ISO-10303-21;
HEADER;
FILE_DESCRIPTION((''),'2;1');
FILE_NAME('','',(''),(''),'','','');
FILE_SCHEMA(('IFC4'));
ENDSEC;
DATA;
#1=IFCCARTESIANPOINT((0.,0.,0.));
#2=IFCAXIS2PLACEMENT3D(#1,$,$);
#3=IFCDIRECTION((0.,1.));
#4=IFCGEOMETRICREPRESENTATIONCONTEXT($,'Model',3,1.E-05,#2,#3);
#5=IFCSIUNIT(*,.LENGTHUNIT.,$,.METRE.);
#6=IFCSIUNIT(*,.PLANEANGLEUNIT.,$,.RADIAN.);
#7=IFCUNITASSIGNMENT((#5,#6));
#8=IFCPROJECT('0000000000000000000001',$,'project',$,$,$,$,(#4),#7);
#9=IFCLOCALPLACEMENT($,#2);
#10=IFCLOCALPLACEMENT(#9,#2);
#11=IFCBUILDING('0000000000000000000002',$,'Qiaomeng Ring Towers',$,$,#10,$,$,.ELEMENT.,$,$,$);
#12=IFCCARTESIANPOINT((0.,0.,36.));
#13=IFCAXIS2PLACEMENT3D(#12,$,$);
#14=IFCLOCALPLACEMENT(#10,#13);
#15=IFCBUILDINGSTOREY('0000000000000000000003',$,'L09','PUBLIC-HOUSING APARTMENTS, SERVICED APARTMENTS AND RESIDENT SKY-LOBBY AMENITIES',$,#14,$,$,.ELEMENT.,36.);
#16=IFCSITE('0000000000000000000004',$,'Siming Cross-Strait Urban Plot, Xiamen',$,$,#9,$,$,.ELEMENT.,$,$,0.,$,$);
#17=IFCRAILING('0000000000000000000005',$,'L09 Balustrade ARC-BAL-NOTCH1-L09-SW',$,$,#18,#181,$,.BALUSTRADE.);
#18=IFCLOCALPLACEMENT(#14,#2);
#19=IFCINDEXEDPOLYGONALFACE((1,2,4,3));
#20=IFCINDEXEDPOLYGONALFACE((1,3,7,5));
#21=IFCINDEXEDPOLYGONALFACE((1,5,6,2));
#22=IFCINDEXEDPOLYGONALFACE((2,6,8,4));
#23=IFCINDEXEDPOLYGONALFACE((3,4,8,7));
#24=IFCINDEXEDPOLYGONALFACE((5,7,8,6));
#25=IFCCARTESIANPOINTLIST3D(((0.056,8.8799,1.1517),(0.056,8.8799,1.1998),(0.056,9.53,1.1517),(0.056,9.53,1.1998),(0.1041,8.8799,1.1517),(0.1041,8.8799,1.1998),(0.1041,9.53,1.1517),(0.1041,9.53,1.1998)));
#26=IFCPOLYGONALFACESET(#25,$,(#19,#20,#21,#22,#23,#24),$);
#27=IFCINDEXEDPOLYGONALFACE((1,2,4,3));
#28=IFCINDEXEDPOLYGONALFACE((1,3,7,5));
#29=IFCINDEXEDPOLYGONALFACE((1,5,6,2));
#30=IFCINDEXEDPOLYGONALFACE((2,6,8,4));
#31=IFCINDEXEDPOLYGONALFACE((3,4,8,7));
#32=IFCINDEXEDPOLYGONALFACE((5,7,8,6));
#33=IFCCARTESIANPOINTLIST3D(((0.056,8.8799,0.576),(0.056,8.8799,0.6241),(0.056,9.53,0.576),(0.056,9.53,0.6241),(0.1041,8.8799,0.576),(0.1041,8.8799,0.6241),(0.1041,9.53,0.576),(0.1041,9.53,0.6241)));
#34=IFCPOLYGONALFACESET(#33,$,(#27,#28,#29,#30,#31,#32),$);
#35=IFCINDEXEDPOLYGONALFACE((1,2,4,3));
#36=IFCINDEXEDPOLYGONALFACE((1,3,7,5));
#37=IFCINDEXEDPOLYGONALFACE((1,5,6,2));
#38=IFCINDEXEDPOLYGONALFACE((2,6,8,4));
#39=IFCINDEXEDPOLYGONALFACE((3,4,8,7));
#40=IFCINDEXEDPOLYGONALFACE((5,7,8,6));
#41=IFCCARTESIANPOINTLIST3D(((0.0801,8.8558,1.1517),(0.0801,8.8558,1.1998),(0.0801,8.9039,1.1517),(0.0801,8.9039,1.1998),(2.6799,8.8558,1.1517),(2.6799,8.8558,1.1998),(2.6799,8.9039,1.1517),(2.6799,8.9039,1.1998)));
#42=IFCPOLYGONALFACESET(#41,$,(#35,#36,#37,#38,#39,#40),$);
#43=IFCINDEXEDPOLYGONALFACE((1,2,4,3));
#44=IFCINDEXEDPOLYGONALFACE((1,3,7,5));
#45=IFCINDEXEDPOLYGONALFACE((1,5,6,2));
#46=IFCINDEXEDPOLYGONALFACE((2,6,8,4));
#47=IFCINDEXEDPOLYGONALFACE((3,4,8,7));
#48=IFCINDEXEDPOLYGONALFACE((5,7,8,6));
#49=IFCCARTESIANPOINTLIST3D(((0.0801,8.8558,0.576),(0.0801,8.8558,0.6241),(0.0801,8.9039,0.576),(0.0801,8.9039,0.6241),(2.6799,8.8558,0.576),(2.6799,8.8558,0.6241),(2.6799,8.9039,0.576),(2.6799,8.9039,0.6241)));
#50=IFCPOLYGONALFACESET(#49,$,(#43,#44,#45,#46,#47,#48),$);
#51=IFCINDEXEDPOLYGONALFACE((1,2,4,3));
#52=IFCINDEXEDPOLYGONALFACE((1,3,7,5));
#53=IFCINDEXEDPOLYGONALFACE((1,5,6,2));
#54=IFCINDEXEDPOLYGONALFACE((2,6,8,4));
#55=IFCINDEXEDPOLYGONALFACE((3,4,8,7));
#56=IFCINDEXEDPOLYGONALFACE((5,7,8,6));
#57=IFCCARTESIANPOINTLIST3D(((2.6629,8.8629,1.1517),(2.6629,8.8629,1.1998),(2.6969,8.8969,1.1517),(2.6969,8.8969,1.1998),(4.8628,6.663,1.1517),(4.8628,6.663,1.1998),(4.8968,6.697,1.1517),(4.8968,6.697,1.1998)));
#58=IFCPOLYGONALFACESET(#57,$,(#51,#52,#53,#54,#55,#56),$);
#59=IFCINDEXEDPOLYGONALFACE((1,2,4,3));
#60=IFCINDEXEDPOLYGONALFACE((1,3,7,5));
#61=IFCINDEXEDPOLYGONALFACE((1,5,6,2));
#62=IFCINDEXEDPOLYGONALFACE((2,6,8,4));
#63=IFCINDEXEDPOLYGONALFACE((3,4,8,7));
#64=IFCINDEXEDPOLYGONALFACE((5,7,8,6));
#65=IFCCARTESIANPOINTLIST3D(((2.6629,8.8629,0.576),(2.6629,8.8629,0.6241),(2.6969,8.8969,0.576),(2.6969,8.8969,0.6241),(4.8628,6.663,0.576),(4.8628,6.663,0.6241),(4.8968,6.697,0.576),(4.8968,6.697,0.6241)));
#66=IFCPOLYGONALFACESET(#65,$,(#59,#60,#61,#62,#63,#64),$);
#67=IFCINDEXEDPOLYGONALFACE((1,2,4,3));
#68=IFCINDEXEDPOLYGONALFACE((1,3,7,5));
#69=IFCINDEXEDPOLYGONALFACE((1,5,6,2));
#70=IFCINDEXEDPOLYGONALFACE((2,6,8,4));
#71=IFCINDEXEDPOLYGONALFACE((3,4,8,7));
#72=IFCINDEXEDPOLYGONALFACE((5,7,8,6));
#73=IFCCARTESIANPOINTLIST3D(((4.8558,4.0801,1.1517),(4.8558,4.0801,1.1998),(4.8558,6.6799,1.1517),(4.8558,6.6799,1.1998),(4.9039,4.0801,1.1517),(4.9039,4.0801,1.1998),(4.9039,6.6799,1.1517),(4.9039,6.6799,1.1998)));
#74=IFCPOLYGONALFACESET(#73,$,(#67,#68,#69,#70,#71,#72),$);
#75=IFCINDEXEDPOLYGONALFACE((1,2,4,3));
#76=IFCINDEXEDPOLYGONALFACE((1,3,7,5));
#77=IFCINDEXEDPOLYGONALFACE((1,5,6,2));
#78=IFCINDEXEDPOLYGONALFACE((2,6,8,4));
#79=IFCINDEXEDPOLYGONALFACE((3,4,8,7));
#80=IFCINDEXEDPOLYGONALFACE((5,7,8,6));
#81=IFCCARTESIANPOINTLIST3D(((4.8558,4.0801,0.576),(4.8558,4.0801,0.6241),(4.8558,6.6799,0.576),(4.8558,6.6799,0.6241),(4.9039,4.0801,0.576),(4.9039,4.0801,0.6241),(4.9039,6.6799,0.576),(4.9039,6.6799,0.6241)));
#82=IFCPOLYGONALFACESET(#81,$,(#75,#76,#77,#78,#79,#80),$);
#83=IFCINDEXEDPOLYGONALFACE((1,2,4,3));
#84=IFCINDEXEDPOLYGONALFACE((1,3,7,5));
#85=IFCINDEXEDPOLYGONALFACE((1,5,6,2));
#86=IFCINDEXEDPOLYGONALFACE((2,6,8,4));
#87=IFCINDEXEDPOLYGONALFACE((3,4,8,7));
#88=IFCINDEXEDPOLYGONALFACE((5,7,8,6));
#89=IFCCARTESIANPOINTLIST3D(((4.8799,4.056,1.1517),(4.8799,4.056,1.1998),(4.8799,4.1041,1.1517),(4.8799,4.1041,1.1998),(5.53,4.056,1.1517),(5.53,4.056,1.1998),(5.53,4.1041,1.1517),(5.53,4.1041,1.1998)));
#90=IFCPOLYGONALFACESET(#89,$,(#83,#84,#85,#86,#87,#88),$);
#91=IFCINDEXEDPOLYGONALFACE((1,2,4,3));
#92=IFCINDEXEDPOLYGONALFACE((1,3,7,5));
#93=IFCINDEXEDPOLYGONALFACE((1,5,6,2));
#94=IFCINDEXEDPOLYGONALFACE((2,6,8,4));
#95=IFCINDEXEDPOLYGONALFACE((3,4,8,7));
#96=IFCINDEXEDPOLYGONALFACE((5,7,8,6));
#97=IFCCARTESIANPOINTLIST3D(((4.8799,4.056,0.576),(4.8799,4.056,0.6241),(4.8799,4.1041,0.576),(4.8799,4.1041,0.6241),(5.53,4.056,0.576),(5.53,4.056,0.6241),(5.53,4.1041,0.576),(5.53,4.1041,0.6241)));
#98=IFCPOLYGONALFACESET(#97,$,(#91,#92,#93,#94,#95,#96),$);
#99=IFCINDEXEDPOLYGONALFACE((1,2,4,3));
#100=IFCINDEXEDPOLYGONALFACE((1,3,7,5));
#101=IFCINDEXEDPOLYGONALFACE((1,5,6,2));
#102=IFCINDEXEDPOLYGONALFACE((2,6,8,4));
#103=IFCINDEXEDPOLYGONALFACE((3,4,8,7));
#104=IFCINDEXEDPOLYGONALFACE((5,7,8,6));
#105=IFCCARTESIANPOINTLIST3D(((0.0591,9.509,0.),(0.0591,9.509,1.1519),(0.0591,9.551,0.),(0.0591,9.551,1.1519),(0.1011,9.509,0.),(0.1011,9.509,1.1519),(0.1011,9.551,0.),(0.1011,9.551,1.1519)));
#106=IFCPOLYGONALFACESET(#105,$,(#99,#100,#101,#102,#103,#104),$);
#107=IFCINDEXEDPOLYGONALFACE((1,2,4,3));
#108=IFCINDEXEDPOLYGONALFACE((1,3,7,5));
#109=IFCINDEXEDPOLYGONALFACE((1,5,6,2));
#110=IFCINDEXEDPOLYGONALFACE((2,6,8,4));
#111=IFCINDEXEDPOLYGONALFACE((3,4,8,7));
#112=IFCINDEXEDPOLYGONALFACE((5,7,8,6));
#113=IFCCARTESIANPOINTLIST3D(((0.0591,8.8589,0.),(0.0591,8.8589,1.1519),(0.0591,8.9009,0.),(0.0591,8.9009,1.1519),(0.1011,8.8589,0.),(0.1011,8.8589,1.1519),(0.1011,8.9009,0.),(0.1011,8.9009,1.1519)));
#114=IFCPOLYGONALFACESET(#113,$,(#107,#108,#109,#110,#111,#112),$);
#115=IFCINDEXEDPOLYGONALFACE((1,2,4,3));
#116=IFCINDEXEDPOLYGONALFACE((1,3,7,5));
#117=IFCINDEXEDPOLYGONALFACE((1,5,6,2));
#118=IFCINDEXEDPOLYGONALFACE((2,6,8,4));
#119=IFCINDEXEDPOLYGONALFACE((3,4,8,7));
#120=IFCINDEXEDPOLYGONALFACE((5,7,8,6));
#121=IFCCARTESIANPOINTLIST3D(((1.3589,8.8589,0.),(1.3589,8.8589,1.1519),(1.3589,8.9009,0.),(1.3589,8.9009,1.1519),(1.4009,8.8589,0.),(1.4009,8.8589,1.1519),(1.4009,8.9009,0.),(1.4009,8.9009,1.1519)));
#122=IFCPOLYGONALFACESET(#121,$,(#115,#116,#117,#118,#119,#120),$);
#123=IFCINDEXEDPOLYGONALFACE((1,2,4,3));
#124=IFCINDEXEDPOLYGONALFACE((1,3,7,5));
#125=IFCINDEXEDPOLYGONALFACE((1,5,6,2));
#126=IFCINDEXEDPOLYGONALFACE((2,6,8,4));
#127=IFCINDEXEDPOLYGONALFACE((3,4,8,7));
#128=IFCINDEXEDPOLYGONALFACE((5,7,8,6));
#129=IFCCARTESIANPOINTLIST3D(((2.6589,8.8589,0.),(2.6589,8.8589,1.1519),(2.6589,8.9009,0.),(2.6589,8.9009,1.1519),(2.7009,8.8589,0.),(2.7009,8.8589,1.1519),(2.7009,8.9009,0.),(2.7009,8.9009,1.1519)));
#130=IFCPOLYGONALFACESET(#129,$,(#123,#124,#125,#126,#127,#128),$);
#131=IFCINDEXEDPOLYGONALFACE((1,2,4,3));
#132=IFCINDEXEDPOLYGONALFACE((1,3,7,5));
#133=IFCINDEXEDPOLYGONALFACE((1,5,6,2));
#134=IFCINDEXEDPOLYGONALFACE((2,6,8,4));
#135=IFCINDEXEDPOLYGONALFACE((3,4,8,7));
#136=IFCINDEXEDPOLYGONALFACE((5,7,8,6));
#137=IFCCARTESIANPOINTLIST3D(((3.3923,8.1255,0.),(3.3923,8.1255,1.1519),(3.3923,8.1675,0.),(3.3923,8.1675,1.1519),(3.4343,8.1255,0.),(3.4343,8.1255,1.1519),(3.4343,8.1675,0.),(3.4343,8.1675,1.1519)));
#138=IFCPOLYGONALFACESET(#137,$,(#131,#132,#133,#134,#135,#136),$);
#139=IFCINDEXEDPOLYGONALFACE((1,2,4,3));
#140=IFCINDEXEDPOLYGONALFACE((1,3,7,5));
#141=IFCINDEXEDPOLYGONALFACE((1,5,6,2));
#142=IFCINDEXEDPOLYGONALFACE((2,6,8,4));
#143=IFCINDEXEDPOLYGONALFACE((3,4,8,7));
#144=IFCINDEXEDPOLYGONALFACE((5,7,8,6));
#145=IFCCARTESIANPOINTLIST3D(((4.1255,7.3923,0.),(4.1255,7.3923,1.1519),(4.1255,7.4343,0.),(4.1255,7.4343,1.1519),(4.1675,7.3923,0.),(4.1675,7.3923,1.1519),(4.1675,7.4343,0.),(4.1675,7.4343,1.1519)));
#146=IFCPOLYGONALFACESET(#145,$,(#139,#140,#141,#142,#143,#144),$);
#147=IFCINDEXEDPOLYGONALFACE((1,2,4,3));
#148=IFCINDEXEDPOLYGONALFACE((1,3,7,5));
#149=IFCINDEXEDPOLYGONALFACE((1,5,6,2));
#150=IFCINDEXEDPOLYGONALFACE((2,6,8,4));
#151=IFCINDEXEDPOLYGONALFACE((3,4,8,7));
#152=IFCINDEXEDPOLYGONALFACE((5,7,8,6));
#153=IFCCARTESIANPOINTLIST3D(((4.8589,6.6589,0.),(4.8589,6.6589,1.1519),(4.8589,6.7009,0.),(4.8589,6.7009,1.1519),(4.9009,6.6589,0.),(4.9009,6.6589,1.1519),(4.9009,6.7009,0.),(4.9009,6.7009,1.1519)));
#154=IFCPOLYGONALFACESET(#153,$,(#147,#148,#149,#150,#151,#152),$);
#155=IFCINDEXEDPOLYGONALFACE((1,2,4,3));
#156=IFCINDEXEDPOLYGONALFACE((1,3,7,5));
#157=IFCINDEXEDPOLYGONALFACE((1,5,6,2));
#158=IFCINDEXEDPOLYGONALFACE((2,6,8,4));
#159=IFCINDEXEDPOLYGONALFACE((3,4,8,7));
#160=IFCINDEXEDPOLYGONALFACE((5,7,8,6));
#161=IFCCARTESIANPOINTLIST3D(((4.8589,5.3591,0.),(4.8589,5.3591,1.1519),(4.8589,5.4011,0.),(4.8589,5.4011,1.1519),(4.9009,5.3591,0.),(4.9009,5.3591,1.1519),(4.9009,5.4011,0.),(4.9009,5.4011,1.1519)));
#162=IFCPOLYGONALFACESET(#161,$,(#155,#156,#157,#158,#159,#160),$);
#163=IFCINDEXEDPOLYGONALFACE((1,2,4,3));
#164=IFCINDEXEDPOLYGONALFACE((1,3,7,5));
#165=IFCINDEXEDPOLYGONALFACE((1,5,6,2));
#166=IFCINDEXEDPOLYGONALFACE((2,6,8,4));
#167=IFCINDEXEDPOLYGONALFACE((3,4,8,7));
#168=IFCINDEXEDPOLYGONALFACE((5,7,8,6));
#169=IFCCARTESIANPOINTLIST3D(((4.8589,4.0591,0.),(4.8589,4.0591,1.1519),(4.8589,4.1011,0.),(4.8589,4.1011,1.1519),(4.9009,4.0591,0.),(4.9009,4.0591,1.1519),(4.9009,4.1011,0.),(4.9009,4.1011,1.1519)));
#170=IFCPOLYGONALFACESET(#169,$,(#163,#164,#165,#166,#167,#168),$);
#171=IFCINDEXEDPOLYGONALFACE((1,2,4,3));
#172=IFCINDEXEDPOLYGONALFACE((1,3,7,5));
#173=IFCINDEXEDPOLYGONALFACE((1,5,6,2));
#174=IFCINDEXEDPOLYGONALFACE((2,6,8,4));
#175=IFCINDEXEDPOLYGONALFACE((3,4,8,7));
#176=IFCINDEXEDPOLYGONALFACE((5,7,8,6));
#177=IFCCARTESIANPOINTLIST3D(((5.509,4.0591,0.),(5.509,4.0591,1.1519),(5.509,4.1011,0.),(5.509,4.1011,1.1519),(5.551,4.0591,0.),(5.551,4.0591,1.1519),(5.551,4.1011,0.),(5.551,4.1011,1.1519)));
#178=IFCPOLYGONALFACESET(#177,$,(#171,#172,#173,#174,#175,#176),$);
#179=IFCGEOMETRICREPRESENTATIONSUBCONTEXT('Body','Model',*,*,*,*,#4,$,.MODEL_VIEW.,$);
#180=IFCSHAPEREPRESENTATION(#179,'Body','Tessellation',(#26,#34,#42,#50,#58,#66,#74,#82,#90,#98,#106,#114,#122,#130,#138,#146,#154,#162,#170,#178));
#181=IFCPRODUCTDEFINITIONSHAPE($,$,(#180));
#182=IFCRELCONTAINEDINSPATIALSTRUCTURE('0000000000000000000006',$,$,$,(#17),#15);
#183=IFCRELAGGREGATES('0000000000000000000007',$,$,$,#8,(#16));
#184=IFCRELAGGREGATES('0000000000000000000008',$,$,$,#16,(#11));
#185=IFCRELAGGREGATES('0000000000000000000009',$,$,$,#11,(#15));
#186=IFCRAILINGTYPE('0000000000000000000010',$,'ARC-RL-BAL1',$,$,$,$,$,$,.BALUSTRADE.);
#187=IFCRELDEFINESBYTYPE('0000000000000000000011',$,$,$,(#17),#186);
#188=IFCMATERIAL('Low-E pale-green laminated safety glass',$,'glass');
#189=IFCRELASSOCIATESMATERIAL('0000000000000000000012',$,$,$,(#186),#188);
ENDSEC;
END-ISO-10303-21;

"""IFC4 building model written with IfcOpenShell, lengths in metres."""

from ifc_helpers import new_model, si_unit, direction, frame, origin, origin_2d, place, context, subcontext, project, spatial, rectangle, extrude, material, type_object, element, save


model = new_model("IFC4")

# Units and contexts
model_context = context("Model", 3, precision=1e-05, world=origin(), true_north=direction((0.0, 1.0)))
body_context = subcontext(model_context, "Body", "Model", "MODEL_VIEW")
ifc_project = project(units=[si_unit("LENGTHUNIT", "METRE"), si_unit("PLANEANGLEUNIT", "RADIAN")], contexts=[model_context])

# Site, building, storey
site_placement = place(None, origin())
site = spatial("IfcSite", under=ifc_project, at=site_placement, Name="Siming Cross-Strait Urban Plot, Xiamen", CompositionType="ELEMENT", RefElevation=0.0)
building_placement = place(site_placement, origin())
building = spatial("IfcBuilding", under=site, at=building_placement, Name="Qiaomeng Ring Towers", CompositionType="ELEMENT")
storey_placement = place(building_placement, frame((0.0, 0.0, 36.0)))
storey = spatial("IfcBuildingStorey", under=building, at=storey_placement, Name="L09", Description="PUBLIC-HOUSING APARTMENTS, SERVICED APARTMENTS AND RESIDENT SKY-LOBBY AMENITIES", CompositionType="ELEMENT", Elevation=36.0)

# Railing
ifc_material_1 = material(Name="Low-E pale-green laminated safety glass", Category="glass")
railing_type = type_object("IfcRailingType", Name="ARC-RL-BAL1", PredefinedType="BALUSTRADE", material=ifc_material_1)
railing_1_placement = place(storey_placement, frame((0.0801, 9.53, 0.0)))
element("IfcRailing", 1, at=railing_1_placement, inside=storey, type_object=railing_type, Name="L09 Balustrade ARC-BAL-NOTCH1-L09-SW", PredefinedType="BALUSTRADE", context=body_context, shape_type="SweptSolid", body=[
    extrude(rectangle(XDim=0.0481, YDim=0.0481, at=origin_2d()), frame((0.0, 0.0, 1.1758), z_axis=(0.0, -1.0, 0.0), x_axis=(1.0, 0.0, 0.0)), (0.0, 0.0, 1.0), 0.6501),
    extrude(rectangle(XDim=0.0481, YDim=0.0481, at=origin_2d()), frame((0.0, 0.0, 0.6001), z_axis=(0.0, -1.0, 0.0), x_axis=(1.0, 0.0, 0.0)), (0.0, 0.0, 1.0), 0.6501),
    extrude(rectangle(XDim=0.0481, YDim=0.0481, at=origin_2d()), frame((0.0, -0.6501, 1.1758), z_axis=(1.0, 0.0, 0.0), x_axis=(0.0, 1.0, 0.0)), (0.0, 0.0, 1.0), 2.5999),
    extrude(rectangle(XDim=0.0481, YDim=0.0481, at=origin_2d()), frame((0.0, -0.6501, 0.6001), z_axis=(1.0, 0.0, 0.0), x_axis=(0.0, 1.0, 0.0)), (0.0, 0.0, 1.0), 2.5999),
    extrude(rectangle(XDim=0.0481, YDim=0.0481, at=origin_2d()), frame((2.5999, -0.6501, 1.1758), z_axis=(0.707107, -0.707107, 0.0), x_axis=(0.707107, 0.707107, 0.0)), (0.0, 0.0, 1.0), 3.1111),
    extrude(rectangle(XDim=0.0481, YDim=0.0481, at=origin_2d()), frame((2.5999, -0.6501, 0.6001), z_axis=(0.707107, -0.707107, 0.0), x_axis=(0.707107, 0.707107, 0.0)), (0.0, 0.0, 1.0), 3.1111),
    extrude(rectangle(XDim=0.0481, YDim=0.0481, at=origin_2d()), frame((4.7998, -2.8501, 1.1758), z_axis=(0.0, -1.0, 0.0), x_axis=(1.0, 0.0, 0.0)), (0.0, 0.0, 1.0), 2.5999),
    extrude(rectangle(XDim=0.0481, YDim=0.0481, at=origin_2d()), frame((4.7998, -2.8501, 0.6001), z_axis=(0.0, -1.0, 0.0), x_axis=(1.0, 0.0, 0.0)), (0.0, 0.0, 1.0), 2.5999),
    extrude(rectangle(XDim=0.0481, YDim=0.0481, at=origin_2d()), frame((4.7998, -5.45, 1.1758), z_axis=(1.0, 0.0, 0.0), x_axis=(0.0, 1.0, 0.0)), (0.0, 0.0, 1.0), 0.6501),
    extrude(rectangle(XDim=0.0481, YDim=0.0481, at=origin_2d()), frame((4.7998, -5.45, 0.6001), z_axis=(1.0, 0.0, 0.0), x_axis=(0.0, 1.0, 0.0)), (0.0, 0.0, 1.0), 0.6501),
    extrude(rectangle(XDim=0.042, YDim=0.042, at=origin_2d()), origin(), (0.0, 0.0, 1.0), 1.1519),
    extrude(rectangle(XDim=0.042, YDim=0.042, at=origin_2d()), frame((0.0, -0.6501, 0.0)), (0.0, 0.0, 1.0), 1.1519),
    extrude(rectangle(XDim=0.042, YDim=0.042, at=origin_2d()), frame((1.2998, -0.6501, 0.0)), (0.0, 0.0, 1.0), 1.1519),
    extrude(rectangle(XDim=0.042, YDim=0.042, at=origin_2d()), frame((2.5999, -0.6501, 0.0)), (0.0, 0.0, 1.0), 1.1519),
    extrude(rectangle(XDim=0.042, YDim=0.042, at=origin_2d()), frame((3.3333, -1.3835, 0.0)), (0.0, 0.0, 1.0), 1.1519),
    extrude(rectangle(XDim=0.042, YDim=0.042, at=origin_2d()), frame((4.0664, -2.1167, 0.0)), (0.0, 0.0, 1.0), 1.1519),
    extrude(rectangle(XDim=0.042, YDim=0.042, at=origin_2d()), frame((4.7998, -2.8501, 0.0)), (0.0, 0.0, 1.0), 1.1519),
    extrude(rectangle(XDim=0.042, YDim=0.042, at=origin_2d()), frame((4.7998, -4.1499, 0.0)), (0.0, 0.0, 1.0), 1.1519),
    extrude(rectangle(XDim=0.042, YDim=0.042, at=origin_2d()), frame((4.7998, -5.45, 0.0)), (0.0, 0.0, 1.0), 1.1519),
    extrude(rectangle(XDim=0.042, YDim=0.042, at=origin_2d()), frame((5.45, -5.45, 0.0)), (0.0, 0.0, 1.0), 1.1519),
])

save(model, "model.ifc")
